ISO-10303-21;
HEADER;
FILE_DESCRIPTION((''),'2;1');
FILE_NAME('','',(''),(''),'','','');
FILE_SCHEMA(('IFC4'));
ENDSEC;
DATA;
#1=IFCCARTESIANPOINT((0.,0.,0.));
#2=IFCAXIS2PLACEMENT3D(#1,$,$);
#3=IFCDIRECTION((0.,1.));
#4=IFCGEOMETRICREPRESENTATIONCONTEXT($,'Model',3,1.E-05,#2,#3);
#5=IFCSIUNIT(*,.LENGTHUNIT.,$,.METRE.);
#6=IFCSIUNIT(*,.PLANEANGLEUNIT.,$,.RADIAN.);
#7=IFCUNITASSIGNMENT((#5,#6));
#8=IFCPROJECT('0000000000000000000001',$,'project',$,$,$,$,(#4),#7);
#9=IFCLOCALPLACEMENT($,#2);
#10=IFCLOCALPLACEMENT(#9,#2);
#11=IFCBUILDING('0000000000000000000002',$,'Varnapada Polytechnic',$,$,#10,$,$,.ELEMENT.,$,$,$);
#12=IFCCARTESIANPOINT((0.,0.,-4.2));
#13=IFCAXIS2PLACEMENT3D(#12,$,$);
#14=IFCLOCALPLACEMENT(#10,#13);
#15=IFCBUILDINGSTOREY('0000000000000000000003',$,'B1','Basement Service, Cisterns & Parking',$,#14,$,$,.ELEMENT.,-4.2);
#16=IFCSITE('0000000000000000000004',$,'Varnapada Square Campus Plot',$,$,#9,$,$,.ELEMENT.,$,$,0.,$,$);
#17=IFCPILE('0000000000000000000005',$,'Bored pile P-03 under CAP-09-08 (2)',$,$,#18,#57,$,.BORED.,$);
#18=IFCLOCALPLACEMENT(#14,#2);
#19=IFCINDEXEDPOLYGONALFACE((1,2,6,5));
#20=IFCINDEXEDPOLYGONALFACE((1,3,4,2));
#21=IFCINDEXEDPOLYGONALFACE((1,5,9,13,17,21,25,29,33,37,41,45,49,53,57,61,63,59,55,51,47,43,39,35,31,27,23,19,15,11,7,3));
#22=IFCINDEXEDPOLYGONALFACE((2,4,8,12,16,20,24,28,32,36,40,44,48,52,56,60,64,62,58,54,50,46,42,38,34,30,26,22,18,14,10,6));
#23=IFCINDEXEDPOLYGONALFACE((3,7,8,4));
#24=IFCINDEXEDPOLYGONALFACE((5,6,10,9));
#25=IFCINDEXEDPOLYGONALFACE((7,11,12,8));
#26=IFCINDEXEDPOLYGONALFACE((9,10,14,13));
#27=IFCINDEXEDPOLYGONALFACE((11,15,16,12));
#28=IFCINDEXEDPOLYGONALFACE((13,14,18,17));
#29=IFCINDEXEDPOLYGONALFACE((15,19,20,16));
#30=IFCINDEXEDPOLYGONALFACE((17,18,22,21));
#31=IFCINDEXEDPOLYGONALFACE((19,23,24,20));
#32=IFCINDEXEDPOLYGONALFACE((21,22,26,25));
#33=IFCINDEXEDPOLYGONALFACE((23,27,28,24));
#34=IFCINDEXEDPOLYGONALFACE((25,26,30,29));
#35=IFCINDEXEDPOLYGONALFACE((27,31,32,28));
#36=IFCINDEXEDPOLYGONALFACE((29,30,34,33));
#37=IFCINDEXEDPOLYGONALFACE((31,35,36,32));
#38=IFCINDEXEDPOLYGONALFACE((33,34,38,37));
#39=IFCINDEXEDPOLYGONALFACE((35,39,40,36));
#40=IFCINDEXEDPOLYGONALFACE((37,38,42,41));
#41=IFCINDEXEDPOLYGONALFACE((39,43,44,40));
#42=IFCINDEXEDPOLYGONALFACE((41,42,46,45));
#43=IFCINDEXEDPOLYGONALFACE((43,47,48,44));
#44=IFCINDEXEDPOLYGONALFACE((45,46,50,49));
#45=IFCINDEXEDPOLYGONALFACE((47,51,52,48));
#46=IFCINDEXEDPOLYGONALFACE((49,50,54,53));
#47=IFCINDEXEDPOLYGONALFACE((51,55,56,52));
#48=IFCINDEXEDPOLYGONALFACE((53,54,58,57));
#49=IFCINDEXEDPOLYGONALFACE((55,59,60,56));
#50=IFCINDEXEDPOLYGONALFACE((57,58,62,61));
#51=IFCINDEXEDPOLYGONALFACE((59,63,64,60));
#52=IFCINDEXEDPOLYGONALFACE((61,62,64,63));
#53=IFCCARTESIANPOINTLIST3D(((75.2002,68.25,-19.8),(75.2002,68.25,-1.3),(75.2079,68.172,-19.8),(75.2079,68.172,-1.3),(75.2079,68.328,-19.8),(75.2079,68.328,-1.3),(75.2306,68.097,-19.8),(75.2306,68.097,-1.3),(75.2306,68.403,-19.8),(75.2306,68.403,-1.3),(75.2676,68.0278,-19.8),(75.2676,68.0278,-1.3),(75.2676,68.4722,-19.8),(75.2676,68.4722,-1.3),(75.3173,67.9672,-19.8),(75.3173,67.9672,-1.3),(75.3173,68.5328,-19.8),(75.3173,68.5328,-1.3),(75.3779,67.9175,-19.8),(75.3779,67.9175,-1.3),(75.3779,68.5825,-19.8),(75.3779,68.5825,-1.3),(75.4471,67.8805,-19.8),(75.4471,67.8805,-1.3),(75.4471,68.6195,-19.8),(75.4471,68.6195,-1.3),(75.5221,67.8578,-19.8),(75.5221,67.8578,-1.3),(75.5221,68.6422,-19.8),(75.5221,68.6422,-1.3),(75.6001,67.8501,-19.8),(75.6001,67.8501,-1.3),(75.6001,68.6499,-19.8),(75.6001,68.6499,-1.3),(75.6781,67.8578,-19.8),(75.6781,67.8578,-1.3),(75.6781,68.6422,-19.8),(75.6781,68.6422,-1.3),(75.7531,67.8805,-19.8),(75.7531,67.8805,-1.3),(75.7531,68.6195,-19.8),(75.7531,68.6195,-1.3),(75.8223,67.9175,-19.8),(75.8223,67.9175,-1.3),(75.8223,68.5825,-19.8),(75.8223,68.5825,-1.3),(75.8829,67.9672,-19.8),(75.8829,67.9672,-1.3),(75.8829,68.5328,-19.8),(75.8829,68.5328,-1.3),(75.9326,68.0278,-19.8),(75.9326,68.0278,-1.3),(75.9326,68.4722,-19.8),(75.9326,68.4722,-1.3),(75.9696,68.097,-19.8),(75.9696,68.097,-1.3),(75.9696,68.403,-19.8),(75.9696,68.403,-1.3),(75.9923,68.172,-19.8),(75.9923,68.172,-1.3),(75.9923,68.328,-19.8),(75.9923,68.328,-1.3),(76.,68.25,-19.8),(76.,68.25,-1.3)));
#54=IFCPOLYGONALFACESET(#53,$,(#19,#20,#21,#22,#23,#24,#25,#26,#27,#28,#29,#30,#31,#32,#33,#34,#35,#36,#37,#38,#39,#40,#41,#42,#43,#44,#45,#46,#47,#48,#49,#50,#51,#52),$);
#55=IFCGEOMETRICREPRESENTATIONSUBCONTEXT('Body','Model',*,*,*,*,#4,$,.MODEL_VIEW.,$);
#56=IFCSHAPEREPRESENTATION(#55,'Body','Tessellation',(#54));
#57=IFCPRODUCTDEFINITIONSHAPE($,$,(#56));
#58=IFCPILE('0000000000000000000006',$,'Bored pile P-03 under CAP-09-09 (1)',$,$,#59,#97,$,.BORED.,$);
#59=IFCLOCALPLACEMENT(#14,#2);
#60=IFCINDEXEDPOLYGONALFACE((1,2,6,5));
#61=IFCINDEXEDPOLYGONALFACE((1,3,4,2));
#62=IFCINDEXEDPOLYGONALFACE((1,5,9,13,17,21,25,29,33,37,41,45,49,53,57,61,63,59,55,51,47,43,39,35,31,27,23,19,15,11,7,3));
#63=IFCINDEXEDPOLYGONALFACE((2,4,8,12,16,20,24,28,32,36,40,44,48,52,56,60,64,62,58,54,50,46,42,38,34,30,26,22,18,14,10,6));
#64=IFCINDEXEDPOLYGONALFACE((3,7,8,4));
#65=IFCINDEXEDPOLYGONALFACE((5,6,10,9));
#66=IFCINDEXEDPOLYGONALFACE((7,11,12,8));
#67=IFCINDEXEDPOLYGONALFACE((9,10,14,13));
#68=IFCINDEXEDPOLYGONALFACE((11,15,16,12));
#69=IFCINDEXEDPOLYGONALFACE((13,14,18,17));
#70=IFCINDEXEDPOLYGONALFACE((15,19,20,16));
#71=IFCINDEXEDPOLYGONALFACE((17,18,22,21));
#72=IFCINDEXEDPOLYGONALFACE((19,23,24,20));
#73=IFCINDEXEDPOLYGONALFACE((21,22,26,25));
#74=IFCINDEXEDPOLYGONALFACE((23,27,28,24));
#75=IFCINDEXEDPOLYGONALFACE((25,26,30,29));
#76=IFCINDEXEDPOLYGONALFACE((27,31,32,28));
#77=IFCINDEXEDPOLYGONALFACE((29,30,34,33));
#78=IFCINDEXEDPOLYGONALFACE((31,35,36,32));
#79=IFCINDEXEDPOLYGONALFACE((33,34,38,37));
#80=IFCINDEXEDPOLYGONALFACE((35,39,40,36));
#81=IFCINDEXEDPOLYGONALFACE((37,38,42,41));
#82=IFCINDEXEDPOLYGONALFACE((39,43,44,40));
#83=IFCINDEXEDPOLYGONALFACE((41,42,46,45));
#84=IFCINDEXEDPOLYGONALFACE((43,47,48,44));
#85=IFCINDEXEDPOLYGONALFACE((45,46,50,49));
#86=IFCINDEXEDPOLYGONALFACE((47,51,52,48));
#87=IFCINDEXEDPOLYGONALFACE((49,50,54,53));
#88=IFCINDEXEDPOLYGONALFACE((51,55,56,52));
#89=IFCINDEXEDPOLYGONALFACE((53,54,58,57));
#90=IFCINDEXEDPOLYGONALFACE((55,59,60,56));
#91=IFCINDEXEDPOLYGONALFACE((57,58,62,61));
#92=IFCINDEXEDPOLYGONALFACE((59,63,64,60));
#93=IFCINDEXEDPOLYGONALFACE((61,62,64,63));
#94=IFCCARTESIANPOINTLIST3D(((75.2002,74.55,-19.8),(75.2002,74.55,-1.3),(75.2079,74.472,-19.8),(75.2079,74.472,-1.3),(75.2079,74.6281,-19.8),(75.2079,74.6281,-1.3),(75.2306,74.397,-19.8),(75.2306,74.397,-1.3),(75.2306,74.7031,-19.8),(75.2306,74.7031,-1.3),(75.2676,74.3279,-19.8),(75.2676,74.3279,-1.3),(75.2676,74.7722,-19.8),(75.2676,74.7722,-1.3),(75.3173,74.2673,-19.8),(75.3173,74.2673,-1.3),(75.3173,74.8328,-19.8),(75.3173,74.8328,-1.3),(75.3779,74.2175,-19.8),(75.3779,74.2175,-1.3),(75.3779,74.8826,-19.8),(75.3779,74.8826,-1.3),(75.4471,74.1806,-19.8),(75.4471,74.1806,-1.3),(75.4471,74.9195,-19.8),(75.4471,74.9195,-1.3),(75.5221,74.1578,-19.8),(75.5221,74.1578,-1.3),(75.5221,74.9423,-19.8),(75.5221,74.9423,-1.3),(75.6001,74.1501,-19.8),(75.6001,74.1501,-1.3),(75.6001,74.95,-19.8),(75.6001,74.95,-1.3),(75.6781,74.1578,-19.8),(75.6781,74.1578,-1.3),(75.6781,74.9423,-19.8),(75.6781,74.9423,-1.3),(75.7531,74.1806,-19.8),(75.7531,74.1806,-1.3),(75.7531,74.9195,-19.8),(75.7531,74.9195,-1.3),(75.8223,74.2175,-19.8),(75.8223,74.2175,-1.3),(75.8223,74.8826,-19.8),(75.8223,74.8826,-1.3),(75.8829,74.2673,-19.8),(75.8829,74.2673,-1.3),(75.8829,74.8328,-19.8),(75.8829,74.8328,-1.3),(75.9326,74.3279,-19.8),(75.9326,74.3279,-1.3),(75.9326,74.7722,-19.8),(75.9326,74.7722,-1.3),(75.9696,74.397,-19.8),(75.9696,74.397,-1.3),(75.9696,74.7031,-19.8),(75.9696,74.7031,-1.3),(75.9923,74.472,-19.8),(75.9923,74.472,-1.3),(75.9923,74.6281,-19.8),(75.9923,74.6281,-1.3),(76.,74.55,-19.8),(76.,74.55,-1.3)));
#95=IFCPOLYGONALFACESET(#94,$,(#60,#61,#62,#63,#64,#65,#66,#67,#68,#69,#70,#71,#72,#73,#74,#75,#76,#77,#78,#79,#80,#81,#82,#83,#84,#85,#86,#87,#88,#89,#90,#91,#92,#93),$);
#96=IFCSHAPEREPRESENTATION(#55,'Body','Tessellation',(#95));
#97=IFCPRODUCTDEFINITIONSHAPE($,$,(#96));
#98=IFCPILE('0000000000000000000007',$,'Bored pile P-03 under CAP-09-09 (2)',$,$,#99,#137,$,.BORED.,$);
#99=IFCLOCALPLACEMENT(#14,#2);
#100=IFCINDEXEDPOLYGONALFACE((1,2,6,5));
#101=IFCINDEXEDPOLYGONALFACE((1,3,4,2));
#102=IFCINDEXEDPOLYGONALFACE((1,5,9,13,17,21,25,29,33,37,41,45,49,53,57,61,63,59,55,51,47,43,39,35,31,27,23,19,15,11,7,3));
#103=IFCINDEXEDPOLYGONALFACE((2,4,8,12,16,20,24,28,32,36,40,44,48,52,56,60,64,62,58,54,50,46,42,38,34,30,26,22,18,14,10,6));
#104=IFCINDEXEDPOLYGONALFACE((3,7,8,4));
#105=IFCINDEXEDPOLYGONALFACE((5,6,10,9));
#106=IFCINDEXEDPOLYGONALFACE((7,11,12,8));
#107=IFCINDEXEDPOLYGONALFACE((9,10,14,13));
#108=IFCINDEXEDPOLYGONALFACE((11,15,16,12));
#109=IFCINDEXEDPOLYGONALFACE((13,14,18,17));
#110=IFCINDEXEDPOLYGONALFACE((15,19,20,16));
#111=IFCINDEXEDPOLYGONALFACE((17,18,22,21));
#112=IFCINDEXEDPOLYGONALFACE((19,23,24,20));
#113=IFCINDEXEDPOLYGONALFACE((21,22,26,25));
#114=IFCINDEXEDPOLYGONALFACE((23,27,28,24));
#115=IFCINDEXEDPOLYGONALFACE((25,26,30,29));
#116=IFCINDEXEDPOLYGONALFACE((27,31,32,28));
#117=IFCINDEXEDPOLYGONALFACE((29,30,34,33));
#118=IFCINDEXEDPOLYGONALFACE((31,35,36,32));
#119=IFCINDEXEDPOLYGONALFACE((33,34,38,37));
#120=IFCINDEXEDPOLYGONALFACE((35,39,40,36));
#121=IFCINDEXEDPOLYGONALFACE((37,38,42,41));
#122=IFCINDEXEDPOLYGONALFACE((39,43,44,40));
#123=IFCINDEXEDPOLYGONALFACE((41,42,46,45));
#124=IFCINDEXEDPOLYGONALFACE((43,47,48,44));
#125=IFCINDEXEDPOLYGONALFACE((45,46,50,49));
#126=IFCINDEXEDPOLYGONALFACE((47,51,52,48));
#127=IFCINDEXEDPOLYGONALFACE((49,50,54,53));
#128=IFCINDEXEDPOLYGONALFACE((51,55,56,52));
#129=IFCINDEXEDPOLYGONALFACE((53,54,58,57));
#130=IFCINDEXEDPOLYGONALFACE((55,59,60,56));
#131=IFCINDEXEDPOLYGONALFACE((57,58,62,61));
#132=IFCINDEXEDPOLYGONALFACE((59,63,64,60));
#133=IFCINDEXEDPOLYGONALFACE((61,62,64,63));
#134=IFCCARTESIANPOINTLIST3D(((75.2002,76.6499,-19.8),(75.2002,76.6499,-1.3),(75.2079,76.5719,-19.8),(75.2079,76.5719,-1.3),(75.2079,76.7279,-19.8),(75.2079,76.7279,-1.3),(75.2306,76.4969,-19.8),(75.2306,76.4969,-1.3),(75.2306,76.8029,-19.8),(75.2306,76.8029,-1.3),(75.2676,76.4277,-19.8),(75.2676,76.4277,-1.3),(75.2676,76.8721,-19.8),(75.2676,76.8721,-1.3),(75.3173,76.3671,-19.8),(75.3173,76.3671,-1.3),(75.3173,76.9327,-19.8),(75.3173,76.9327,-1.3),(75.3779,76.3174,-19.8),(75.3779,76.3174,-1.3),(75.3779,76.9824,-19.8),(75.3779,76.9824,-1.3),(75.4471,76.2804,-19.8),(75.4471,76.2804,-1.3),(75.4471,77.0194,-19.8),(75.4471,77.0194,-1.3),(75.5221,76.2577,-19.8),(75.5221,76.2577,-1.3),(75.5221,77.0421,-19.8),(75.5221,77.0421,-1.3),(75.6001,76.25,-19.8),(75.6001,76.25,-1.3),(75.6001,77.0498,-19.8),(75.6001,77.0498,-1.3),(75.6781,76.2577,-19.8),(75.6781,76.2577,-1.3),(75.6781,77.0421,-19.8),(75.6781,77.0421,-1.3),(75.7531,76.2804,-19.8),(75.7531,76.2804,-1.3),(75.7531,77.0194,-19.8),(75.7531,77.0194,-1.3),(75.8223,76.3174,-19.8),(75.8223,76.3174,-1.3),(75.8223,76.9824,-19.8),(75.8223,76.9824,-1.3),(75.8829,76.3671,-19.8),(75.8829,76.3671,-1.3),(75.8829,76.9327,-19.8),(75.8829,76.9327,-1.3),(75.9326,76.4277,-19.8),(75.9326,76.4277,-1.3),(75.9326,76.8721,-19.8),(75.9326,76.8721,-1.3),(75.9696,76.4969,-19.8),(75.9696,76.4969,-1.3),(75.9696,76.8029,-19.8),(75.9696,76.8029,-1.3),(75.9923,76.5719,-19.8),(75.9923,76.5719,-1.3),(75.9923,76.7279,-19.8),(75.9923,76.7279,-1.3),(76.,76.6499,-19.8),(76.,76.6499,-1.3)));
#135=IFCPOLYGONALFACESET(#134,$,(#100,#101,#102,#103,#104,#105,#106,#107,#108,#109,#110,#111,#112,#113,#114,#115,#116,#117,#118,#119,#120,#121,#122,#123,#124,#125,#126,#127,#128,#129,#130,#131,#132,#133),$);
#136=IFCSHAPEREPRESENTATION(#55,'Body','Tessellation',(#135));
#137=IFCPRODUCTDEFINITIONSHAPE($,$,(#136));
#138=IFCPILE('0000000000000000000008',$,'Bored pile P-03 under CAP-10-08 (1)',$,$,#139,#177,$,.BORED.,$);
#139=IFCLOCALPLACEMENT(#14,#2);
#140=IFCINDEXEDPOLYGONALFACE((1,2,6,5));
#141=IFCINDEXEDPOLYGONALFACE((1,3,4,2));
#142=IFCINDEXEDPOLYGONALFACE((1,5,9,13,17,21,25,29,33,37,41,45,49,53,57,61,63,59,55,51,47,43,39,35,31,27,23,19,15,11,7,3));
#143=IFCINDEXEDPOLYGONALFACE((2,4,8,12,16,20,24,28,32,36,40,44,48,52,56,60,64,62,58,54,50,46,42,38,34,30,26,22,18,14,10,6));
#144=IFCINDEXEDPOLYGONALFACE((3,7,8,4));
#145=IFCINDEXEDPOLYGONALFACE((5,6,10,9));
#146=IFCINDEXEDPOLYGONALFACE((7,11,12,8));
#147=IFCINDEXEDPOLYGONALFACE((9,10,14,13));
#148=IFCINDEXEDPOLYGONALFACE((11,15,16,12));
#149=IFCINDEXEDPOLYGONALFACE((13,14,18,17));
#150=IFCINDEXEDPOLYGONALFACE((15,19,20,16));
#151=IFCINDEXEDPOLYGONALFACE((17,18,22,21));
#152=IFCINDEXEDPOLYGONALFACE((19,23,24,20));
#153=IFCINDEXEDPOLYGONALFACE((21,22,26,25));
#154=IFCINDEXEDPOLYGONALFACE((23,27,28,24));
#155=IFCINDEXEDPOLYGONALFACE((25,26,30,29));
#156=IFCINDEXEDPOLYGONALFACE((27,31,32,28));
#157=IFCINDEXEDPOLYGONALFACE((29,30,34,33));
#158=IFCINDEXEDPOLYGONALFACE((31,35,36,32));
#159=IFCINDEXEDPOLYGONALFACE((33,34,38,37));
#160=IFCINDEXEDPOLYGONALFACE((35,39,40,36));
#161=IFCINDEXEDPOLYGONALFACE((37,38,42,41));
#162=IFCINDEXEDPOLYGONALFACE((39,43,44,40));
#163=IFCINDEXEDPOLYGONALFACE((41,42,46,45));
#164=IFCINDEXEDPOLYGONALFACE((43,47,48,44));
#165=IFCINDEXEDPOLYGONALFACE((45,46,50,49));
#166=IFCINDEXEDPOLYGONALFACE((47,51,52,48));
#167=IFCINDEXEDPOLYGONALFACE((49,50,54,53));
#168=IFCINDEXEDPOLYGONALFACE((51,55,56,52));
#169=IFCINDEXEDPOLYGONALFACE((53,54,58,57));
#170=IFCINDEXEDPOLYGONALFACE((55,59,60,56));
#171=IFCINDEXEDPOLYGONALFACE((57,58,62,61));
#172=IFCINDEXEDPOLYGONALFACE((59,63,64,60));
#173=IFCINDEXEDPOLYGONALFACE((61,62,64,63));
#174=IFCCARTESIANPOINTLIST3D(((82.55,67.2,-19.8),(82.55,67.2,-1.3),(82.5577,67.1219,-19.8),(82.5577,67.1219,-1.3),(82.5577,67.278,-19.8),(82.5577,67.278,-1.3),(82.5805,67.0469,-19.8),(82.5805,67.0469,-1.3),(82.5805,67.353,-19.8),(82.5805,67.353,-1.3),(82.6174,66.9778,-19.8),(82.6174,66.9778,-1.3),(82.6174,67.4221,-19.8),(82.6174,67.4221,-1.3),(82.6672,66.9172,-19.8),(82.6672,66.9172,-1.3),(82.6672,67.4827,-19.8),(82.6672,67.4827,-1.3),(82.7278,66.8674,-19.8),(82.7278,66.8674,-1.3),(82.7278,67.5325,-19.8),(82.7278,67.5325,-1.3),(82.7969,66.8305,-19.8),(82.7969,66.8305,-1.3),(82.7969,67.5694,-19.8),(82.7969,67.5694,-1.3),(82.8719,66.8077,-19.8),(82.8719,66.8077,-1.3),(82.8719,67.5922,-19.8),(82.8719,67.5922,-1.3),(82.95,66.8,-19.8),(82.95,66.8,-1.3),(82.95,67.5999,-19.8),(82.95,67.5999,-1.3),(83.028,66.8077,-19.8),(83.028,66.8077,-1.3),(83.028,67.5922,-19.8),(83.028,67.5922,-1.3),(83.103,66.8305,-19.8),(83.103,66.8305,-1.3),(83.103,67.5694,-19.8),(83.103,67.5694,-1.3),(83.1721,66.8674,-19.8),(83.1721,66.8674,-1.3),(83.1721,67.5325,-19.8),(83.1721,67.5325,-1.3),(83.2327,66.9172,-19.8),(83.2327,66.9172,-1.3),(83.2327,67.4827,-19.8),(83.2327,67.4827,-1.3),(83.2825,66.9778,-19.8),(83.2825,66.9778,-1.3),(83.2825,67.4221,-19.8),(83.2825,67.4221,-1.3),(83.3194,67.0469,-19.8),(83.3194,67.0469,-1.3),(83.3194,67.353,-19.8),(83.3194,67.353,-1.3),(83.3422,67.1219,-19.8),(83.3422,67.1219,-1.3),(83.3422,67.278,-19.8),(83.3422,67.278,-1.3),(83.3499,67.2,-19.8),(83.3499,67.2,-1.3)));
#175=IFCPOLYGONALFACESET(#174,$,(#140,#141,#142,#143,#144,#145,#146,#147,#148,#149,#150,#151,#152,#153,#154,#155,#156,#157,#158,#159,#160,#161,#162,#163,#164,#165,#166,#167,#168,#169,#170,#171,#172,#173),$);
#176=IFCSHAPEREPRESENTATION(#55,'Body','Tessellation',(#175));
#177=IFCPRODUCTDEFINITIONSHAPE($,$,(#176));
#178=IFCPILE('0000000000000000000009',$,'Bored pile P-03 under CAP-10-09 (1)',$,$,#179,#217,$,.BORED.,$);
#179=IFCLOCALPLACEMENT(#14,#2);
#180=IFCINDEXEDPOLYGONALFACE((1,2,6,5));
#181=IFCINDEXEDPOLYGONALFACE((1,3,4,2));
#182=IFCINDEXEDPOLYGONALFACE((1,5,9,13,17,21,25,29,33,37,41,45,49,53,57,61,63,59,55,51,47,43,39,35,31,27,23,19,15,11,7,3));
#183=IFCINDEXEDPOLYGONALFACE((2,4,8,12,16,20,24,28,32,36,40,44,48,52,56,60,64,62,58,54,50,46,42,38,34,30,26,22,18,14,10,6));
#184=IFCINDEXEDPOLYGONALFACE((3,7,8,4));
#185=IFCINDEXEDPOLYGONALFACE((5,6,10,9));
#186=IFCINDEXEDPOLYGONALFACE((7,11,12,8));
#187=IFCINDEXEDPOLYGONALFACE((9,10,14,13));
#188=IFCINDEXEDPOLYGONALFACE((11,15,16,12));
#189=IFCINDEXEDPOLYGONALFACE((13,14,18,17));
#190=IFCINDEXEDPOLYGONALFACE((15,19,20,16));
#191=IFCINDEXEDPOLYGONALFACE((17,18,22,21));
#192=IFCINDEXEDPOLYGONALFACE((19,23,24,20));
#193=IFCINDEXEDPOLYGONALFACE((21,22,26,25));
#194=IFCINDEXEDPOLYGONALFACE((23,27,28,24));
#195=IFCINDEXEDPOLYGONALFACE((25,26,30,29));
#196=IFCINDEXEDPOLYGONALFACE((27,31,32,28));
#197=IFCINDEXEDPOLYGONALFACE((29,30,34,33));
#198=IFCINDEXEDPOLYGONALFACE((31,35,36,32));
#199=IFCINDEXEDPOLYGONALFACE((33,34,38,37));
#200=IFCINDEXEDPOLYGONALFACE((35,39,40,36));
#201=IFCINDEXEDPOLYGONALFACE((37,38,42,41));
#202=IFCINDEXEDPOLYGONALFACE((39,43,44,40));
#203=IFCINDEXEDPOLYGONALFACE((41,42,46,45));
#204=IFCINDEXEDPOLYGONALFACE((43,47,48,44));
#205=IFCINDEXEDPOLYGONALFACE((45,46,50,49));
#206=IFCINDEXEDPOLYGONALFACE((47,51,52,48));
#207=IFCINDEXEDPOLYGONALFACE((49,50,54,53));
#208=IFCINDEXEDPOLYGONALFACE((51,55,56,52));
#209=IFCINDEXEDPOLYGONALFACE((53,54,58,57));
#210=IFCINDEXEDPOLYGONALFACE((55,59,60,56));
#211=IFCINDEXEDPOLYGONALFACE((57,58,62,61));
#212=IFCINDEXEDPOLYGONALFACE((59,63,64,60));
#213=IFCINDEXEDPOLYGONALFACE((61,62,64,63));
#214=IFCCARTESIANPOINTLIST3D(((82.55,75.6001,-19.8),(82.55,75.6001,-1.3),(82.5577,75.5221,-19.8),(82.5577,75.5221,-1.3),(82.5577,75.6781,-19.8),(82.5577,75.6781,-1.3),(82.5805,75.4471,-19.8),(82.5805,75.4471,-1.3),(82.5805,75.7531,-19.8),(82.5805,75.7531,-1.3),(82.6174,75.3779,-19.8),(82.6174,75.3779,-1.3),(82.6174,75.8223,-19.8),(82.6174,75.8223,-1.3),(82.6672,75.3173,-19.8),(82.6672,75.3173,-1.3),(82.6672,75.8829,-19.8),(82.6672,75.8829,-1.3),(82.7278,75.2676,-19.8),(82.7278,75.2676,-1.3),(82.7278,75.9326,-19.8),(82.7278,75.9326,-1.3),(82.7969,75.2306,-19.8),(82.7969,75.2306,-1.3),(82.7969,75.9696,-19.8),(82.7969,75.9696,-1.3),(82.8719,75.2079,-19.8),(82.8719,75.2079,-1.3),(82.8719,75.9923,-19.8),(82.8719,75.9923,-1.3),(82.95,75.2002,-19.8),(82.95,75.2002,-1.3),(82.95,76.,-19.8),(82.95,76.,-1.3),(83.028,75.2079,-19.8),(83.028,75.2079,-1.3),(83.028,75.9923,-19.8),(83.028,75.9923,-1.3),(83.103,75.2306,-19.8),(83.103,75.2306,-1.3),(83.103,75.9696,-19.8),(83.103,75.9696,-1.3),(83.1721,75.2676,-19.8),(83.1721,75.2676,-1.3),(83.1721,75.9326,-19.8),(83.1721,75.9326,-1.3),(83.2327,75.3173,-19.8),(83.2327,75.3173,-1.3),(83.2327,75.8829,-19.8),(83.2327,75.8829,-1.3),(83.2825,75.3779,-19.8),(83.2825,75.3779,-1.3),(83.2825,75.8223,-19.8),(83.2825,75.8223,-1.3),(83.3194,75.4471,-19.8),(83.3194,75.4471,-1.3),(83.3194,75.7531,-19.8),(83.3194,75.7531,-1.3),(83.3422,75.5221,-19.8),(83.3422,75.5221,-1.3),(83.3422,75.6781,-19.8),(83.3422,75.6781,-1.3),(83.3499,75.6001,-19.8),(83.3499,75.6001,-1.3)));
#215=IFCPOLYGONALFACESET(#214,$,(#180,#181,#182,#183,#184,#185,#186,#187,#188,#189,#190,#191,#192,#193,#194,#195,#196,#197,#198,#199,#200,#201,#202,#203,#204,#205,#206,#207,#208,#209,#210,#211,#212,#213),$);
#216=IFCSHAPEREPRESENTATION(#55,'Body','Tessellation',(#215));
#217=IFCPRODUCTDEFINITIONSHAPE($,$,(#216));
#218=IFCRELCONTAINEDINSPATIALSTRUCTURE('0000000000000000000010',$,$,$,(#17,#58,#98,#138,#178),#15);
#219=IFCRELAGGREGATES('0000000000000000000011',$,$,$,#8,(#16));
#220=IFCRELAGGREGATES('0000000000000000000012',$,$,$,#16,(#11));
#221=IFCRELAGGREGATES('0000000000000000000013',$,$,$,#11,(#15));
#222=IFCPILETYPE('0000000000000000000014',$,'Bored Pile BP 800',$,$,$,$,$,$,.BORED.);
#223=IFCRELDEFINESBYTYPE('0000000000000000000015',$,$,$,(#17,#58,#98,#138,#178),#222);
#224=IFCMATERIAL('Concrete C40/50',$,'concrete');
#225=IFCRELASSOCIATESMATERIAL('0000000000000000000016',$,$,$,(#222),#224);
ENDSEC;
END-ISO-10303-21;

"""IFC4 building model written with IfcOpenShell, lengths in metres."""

from ifc_helpers import new_model, si_unit, direction, frame, origin, origin_2d, place, context, subcontext, project, spatial, circle, extrude, material, material_profile, profile_set, type_object, element, save


model = new_model("IFC4")

# Units and contexts
model_context = context("Model", 3, precision=1e-05, world=origin(), true_north=direction((0.0, 1.0)))
body_context = subcontext(model_context, "Body", "Model", "MODEL_VIEW")
ifc_project = project(units=[si_unit("LENGTHUNIT", "METRE"), si_unit("PLANEANGLEUNIT", "RADIAN")], contexts=[model_context])

# Site, building, storey
site_placement = place(None, origin())
site = spatial("IfcSite", under=ifc_project, at=site_placement, Name="Varnapada Square Campus Plot", CompositionType="ELEMENT", RefElevation=0.0)
building_placement = place(site_placement, origin())
building = spatial("IfcBuilding", under=site, at=building_placement, Name="Varnapada Polytechnic", CompositionType="ELEMENT")
storey_placement = place(building_placement, frame((0.0, 0.0, -4.2)))
storey = spatial("IfcBuildingStorey", under=building, at=storey_placement, Name="B1", Description="Basement Service, Cisterns & Parking", CompositionType="ELEMENT", Elevation=-4.2)

# Piles
ifc_material = material(Name="Concrete C40/50", Category="concrete")
ifc_material_profile_1 = material_profile(ifc_material, circle(Radius=0.3999, at=origin_2d()), Name="BP 800")
ifc_profile_set_1 = profile_set([ifc_material_profile_1], Name="Concrete C40/50")
pile_type_1 = type_object("IfcPileType", Name="Bored Pile BP 800", PredefinedType="BORED", material=ifc_profile_set_1)
for number, where, z_axis, x_axis, name in (
    (1, (75.6001, 68.25, -1.3), (0.0, 0.0, -1.0), (1.0, 0.0, 0.0), "Bored pile P-03 under CAP-09-08 (2)"),
    (2, (75.6001, 74.55, -1.3), (0.0, 0.0, -1.0), (1.0, 0.0, 0.0), "Bored pile P-03 under CAP-09-09 (1)"),
    (3, (75.6001, 76.6499, -1.3), (0.0, 0.0, -1.0), (1.0, 0.0, 0.0), "Bored pile P-03 under CAP-09-09 (2)"),
    (4, (82.95, 67.2, -1.3), (0.0, 0.0, -1.0), (1.0, 0.0, 0.0), "Bored pile P-03 under CAP-10-08 (1)"),
    (5, (82.95, 75.6001, -1.3), (0.0, 0.0, -1.0), (1.0, 0.0, 0.0), "Bored pile P-03 under CAP-10-09 (1)"),
):
    element("IfcPile", number, at=place(storey_placement, frame(where, z_axis=z_axis, x_axis=x_axis)), inside=storey, type_object=pile_type_1, Name=name, PredefinedType="BORED", context=body_context, shape_type="SweptSolid", body=[
        extrude(circle(Radius=0.3999, at=origin_2d()), origin(), (0.0, 0.0, 1.0), 18.5),
    ])

save(model, "model.ifc")
